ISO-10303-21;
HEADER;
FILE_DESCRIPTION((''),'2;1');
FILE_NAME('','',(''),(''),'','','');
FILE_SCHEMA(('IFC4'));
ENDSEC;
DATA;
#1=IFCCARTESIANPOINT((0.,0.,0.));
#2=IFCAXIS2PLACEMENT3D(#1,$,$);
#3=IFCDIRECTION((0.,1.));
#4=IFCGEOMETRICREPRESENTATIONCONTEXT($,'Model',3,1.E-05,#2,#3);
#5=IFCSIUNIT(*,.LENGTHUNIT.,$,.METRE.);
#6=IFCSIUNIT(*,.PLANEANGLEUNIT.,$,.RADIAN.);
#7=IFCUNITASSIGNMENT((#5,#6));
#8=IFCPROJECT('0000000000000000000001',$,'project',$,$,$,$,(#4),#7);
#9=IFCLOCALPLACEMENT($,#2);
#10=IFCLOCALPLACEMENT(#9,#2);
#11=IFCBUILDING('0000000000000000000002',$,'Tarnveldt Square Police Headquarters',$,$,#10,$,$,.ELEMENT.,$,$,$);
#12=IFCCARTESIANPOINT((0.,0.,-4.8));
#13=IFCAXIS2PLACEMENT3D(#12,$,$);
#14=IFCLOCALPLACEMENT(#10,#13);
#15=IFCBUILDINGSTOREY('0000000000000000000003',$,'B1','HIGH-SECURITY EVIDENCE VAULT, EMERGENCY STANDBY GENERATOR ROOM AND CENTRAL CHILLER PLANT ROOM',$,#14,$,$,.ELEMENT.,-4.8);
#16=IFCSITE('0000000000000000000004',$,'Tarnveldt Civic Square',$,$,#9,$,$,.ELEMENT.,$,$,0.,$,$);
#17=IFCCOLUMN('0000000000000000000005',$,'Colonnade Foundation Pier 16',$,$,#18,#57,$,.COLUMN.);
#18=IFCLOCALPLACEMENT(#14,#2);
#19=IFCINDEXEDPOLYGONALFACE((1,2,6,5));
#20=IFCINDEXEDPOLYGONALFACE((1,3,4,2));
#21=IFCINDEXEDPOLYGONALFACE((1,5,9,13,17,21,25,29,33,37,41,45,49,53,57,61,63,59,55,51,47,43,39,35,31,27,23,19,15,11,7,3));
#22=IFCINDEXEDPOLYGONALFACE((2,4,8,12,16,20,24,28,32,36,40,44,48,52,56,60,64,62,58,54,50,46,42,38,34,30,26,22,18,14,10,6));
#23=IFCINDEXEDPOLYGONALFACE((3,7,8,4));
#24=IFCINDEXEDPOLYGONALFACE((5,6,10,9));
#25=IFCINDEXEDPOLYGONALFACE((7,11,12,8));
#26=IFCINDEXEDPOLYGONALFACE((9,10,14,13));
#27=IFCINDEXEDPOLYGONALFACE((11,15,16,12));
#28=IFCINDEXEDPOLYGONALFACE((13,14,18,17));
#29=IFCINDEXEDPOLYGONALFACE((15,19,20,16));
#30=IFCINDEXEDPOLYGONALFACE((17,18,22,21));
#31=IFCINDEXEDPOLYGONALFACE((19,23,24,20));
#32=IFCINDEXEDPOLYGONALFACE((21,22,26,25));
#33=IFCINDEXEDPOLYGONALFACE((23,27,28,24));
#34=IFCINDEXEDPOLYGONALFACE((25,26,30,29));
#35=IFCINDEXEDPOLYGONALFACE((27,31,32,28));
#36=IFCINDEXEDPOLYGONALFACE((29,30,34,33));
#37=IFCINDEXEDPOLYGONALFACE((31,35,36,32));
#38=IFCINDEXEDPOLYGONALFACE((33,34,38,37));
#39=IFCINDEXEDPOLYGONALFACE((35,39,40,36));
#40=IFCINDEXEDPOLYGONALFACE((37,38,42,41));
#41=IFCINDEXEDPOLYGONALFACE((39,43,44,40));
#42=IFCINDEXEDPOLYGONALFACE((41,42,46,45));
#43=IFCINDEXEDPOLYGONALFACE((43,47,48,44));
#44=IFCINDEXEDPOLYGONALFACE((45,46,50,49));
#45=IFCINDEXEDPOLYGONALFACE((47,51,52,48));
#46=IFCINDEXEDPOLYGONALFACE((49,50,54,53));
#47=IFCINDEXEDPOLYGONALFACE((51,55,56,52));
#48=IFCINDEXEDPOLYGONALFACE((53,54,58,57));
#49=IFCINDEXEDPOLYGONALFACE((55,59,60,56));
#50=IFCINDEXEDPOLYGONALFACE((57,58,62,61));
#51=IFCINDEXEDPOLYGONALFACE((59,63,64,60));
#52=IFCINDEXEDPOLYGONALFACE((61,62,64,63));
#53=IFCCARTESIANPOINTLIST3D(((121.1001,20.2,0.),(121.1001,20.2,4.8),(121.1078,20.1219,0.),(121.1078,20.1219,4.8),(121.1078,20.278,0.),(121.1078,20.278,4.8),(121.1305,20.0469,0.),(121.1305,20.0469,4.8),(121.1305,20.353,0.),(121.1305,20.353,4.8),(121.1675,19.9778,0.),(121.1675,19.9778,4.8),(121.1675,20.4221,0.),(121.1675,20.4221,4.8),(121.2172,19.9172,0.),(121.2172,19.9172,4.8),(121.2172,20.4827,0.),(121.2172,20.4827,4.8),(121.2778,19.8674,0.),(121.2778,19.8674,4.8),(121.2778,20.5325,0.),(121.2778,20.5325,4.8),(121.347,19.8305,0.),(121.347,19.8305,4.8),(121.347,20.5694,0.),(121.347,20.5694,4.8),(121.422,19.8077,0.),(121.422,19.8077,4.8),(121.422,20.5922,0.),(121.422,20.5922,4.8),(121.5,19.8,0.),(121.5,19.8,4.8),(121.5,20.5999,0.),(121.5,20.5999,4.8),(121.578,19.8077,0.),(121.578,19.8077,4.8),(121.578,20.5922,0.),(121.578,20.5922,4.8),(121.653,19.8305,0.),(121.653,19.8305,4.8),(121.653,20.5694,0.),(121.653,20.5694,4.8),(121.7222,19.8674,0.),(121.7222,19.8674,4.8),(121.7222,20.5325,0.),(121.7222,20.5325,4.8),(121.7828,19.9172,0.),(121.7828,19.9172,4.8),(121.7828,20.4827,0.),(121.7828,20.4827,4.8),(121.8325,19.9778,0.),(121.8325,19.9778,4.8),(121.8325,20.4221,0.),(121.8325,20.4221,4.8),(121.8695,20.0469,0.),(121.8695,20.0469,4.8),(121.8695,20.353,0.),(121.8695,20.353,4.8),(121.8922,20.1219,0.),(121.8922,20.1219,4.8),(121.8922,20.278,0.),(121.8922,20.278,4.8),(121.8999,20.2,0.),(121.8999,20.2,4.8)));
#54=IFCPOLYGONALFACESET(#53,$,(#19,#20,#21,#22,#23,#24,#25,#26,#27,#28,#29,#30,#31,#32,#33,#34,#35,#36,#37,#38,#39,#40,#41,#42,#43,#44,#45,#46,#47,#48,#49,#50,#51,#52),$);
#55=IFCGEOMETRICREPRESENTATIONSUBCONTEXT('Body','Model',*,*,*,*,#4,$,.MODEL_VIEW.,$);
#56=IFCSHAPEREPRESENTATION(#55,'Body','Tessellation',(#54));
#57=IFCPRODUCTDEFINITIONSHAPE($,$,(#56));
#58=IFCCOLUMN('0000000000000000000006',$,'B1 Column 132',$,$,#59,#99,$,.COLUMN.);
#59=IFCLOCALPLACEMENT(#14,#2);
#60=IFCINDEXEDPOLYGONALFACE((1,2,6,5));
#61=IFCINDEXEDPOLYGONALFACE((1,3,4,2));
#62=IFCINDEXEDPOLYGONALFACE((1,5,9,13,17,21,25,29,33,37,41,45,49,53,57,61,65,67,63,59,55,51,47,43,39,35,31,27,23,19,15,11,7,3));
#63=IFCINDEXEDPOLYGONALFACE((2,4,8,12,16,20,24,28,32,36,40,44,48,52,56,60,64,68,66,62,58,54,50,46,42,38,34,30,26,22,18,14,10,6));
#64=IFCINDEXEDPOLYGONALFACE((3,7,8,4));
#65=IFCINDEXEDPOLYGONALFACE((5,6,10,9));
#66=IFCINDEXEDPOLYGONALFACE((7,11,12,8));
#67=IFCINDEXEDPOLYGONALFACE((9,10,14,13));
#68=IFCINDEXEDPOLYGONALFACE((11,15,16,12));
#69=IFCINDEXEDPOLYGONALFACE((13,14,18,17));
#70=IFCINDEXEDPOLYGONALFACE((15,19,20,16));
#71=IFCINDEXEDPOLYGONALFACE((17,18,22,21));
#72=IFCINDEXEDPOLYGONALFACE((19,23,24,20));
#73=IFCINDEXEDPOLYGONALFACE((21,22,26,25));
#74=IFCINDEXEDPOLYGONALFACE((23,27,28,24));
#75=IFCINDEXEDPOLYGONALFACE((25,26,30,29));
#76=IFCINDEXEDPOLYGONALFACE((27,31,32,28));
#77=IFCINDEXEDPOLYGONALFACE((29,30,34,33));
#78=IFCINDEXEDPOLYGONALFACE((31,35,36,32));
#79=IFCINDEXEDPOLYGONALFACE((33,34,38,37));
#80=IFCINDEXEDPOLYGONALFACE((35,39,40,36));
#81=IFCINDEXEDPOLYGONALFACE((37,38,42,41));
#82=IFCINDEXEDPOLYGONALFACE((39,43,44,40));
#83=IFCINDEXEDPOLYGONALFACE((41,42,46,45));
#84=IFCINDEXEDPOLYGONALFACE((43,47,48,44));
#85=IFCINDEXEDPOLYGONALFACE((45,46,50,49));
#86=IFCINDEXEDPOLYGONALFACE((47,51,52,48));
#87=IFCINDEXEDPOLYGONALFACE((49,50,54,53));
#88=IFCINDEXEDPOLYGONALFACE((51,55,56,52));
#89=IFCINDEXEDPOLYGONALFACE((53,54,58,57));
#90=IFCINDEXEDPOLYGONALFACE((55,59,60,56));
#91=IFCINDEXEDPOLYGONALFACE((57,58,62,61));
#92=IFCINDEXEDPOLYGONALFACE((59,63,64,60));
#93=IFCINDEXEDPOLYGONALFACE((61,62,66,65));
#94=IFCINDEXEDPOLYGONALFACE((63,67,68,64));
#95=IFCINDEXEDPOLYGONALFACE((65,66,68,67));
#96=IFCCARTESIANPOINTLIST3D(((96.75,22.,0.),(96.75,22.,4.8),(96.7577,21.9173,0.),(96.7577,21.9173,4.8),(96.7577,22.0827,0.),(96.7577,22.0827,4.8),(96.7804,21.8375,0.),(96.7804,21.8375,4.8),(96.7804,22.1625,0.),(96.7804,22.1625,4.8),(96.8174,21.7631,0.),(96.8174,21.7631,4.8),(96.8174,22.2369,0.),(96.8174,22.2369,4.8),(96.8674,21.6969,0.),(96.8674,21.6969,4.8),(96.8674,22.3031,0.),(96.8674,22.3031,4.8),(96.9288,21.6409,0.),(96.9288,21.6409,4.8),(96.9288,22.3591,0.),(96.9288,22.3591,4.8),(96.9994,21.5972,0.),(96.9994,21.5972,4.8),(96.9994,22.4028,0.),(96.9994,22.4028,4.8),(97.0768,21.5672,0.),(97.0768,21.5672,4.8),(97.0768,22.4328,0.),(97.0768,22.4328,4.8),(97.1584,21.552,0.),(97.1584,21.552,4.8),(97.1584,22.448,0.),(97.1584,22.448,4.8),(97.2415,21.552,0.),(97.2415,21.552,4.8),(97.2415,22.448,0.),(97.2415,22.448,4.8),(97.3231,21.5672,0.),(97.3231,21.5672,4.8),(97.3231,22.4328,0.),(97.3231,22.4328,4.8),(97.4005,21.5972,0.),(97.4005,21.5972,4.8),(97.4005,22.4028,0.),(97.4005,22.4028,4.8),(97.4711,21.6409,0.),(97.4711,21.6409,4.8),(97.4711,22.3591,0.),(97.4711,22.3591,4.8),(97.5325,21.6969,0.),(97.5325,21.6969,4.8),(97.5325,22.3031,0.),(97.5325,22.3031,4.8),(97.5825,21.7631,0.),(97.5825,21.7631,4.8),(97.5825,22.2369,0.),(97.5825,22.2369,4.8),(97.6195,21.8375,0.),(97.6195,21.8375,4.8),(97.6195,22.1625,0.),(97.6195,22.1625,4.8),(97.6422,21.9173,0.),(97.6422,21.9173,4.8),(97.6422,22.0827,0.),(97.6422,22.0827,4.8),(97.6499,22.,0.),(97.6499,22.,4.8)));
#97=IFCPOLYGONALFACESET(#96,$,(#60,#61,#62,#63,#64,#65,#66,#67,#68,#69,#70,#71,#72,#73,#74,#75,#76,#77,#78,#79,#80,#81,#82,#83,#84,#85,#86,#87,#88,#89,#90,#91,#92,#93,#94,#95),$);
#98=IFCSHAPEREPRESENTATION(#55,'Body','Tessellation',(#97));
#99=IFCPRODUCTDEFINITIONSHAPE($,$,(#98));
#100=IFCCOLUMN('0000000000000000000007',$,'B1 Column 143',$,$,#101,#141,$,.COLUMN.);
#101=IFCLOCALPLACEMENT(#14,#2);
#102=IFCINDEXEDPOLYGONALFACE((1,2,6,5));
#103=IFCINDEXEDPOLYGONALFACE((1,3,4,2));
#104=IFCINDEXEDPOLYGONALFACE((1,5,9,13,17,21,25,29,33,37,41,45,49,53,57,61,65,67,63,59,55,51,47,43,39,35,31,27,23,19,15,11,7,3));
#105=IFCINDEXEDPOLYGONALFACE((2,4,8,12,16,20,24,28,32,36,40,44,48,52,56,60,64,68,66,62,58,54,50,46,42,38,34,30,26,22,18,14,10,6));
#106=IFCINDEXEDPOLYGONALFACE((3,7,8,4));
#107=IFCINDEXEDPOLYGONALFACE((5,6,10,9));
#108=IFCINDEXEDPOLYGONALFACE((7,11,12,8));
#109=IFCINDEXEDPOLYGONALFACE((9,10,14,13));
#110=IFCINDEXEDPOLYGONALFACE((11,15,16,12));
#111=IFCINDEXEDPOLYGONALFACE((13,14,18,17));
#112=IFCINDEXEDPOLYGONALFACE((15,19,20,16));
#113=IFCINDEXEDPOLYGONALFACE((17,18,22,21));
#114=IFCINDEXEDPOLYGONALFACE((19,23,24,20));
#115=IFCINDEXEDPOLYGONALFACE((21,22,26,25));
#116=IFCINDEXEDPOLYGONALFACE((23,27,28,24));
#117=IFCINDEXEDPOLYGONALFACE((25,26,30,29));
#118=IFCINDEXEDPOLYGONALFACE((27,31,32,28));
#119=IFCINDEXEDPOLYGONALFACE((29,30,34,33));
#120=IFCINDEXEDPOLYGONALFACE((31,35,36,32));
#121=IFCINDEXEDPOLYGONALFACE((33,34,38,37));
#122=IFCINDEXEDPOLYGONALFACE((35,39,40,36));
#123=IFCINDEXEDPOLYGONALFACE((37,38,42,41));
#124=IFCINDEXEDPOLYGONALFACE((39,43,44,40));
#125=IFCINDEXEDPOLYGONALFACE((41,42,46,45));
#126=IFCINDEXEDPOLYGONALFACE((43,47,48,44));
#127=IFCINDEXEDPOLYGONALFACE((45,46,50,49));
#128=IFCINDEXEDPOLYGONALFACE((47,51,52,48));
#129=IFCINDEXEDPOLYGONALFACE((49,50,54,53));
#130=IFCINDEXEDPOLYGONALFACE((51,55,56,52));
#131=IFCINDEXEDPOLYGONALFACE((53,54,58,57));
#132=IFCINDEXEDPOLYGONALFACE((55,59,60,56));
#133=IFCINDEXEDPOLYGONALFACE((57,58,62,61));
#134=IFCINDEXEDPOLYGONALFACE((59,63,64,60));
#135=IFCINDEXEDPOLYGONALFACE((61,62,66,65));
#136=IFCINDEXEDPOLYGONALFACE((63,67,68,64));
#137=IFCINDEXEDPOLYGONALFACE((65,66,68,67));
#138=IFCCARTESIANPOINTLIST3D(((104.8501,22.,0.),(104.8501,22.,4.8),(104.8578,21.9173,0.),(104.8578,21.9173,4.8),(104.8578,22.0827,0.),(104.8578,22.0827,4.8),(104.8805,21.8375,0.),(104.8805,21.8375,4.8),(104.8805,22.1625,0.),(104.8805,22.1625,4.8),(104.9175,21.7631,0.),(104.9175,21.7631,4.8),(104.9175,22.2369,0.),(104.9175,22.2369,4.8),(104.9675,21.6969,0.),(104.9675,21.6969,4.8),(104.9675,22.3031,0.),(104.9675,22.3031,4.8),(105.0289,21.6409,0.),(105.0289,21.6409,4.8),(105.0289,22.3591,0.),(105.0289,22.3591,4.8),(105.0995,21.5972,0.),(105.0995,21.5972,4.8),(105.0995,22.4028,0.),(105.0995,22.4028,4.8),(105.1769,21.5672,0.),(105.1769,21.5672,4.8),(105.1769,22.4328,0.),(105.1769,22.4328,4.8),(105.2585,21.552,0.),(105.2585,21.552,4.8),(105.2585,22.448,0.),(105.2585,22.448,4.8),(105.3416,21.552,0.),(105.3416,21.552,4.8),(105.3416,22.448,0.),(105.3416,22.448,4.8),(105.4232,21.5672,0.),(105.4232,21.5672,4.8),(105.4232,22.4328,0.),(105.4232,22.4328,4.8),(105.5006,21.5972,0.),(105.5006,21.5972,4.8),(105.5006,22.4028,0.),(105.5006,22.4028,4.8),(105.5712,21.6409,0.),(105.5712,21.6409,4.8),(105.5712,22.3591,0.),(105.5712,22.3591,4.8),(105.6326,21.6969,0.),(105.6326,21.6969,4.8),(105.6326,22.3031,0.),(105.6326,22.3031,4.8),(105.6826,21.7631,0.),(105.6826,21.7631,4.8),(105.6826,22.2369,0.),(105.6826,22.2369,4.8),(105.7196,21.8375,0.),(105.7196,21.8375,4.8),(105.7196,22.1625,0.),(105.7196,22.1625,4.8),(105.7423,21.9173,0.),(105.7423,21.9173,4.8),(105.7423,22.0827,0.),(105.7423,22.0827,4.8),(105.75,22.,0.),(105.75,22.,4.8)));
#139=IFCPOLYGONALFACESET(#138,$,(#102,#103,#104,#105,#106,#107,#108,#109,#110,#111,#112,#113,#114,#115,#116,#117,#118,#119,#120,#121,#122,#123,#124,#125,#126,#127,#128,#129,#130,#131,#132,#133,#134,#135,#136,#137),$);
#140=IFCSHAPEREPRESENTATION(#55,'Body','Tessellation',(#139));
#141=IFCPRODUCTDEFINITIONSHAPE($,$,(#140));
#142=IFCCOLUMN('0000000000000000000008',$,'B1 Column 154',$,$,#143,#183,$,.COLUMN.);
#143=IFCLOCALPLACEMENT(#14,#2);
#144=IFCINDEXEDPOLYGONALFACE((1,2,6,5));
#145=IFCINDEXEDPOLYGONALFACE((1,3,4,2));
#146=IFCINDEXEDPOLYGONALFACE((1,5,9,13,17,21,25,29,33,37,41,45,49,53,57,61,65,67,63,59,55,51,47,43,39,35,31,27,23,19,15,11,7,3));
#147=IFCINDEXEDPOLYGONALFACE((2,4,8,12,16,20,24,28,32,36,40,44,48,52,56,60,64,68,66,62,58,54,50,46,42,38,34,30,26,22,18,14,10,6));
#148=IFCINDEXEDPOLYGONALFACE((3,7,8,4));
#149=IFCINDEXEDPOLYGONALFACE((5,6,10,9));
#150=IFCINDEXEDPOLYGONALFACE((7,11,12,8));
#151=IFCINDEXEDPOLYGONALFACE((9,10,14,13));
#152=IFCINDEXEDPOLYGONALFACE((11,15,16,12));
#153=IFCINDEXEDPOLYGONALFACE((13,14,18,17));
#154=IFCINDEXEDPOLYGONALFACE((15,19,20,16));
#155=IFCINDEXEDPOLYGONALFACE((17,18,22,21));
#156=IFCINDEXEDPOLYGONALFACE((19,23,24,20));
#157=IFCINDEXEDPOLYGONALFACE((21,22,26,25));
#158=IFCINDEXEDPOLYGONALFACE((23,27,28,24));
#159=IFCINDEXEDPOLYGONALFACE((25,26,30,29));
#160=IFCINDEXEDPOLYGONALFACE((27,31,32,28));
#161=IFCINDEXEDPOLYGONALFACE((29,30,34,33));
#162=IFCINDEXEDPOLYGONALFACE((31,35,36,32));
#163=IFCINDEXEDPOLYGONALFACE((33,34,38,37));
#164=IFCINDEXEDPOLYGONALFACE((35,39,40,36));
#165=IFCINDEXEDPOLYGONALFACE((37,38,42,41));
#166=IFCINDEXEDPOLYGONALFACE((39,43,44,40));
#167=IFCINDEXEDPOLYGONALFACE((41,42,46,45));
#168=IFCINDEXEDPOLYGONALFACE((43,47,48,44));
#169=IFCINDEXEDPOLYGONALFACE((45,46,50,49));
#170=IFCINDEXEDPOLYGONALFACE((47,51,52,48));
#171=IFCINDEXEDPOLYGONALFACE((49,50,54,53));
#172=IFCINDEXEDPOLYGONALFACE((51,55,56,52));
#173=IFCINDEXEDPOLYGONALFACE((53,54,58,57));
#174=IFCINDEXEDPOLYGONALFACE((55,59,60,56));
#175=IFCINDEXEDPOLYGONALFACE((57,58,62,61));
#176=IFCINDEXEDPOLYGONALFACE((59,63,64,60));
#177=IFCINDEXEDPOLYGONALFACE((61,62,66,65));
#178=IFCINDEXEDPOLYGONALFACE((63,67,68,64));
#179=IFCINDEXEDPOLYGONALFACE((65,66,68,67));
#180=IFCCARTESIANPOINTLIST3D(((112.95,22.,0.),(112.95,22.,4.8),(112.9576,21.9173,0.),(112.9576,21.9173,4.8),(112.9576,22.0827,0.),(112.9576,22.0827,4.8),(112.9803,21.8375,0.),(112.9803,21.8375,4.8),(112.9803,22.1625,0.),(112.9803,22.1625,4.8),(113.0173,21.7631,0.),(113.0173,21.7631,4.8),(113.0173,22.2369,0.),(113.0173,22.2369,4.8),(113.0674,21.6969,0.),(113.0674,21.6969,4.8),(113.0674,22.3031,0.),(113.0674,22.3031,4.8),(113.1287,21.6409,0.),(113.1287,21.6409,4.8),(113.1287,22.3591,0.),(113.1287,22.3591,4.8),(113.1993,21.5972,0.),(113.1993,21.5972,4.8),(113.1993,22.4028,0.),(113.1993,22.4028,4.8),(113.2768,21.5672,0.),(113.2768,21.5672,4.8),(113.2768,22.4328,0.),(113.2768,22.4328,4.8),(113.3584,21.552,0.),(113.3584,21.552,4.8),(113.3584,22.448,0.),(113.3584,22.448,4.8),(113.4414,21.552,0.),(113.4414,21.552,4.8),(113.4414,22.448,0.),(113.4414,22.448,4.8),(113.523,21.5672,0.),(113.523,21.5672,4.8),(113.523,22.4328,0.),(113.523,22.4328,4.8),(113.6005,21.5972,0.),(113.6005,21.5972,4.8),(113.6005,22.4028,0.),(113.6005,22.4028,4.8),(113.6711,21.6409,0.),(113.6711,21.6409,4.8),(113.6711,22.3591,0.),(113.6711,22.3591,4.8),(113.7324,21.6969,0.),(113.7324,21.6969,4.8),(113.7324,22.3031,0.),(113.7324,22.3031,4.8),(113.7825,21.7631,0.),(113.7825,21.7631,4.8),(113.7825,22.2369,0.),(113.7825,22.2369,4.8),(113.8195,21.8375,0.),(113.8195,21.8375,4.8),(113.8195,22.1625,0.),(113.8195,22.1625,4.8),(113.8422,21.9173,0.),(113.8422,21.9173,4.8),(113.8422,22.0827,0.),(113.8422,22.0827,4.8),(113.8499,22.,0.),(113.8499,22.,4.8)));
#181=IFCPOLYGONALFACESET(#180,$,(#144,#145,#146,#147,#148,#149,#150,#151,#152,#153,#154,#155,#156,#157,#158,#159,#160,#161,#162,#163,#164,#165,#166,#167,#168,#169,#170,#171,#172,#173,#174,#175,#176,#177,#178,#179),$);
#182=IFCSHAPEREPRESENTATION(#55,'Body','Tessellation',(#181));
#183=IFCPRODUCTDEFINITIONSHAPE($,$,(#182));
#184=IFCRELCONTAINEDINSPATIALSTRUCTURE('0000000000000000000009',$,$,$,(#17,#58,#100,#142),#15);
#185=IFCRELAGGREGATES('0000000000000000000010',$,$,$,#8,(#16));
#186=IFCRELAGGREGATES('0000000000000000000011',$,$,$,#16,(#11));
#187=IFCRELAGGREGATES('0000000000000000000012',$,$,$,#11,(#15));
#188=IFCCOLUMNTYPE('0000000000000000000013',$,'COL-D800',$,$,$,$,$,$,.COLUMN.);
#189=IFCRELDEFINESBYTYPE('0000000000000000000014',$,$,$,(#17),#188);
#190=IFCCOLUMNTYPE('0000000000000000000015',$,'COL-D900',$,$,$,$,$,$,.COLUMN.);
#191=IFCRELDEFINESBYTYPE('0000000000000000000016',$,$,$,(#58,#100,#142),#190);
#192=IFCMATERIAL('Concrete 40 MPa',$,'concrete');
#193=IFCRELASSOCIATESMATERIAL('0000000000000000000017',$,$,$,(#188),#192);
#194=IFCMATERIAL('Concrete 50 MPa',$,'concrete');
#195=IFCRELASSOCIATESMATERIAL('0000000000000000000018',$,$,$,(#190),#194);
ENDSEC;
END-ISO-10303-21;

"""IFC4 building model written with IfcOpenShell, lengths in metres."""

from ifc_helpers import new_model, si_unit, direction, frame, origin, origin_2d, place, context, subcontext, project, spatial, circle, extrude, material, material_profile, profile_set, type_object, element, save


model = new_model("IFC4")

# Units and contexts
model_context = context("Model", 3, precision=1e-05, world=origin(), true_north=direction((0.0, 1.0)))
body_context = subcontext(model_context, "Body", "Model", "MODEL_VIEW")
ifc_project = project(units=[si_unit("LENGTHUNIT", "METRE"), si_unit("PLANEANGLEUNIT", "RADIAN")], contexts=[model_context])

# Site, building, storey
site_placement = place(None, origin())
site = spatial("IfcSite", under=ifc_project, at=site_placement, Name="Tarnveldt Civic Square", CompositionType="ELEMENT", RefElevation=0.0)
building_placement = place(site_placement, origin())
building = spatial("IfcBuilding", under=site, at=building_placement, Name="Tarnveldt Square Police Headquarters", CompositionType="ELEMENT")
storey_placement = place(building_placement, frame((0.0, 0.0, -4.8)))
storey = spatial("IfcBuildingStorey", under=building, at=storey_placement, Name="B1", Description="HIGH-SECURITY EVIDENCE VAULT, EMERGENCY STANDBY GENERATOR ROOM AND CENTRAL CHILLER PLANT ROOM", CompositionType="ELEMENT", Elevation=-4.8)

# Shared definitions
ifc_material_1 = material(Name="Concrete 40 MPa", Category="concrete")

# Columns
ifc_material_profile_1 = material_profile(ifc_material_1, circle(Radius=0.3999, at=origin_2d()), Name="RC-D800")
ifc_profile_set_1 = profile_set([ifc_material_profile_1], Name="Concrete 40 MPa")
column_type_1 = type_object("IfcColumnType", Name="COL-D800", PredefinedType="COLUMN", material=ifc_profile_set_1)
for number, where, z_axis, x_axis, name in (
    (1, (121.5, 20.2, 0.0), (0.0, 0.0, 1.0), (1.0, 0.0, 0.0), "Colonnade Foundation Pier 16"),
):
    element("IfcColumn", number, at=place(storey_placement, frame(where, z_axis=z_axis, x_axis=x_axis)), inside=storey, type_object=column_type_1, Name=name, PredefinedType="COLUMN", context=body_context, shape_type="SweptSolid", body=[
        extrude(circle(Radius=0.3999, at=origin_2d()), origin(), (0.0, 0.0, 1.0), 4.8),
    ])
ifc_material_2 = material(Name="Concrete 50 MPa", Category="concrete")
ifc_material_profile_2 = material_profile(ifc_material_2, circle(Radius=0.45, at=origin_2d()), Name="RC-D900")
ifc_profile_set_2 = profile_set([ifc_material_profile_2], Name="Concrete 50 MPa")
column_type_2 = type_object("IfcColumnType", Name="COL-D900", PredefinedType="COLUMN", material=ifc_profile_set_2)
for number, where, z_axis, x_axis, name in (
    (2, (97.2, 22.0, 0.0), (0.0, 0.0, 1.0), (1.0, 0.0, 0.0), "B1 Column 132"),
    (3, (105.3, 22.0, 0.0), (0.0, 0.0, 1.0), (1.0, 0.0, 0.0), "B1 Column 143"),
    (4, (113.3999, 22.0, 0.0), (0.0, 0.0, 1.0), (1.0, 0.0, 0.0), "B1 Column 154"),
):
    element("IfcColumn", number, at=place(storey_placement, frame(where, z_axis=z_axis, x_axis=x_axis)), inside=storey, type_object=column_type_2, Name=name, PredefinedType="COLUMN", context=body_context, shape_type="SweptSolid", body=[
        extrude(circle(Radius=0.45, at=origin_2d()), origin(), (0.0, 0.0, 1.0), 4.8),
    ])

save(model, "model.ifc")
